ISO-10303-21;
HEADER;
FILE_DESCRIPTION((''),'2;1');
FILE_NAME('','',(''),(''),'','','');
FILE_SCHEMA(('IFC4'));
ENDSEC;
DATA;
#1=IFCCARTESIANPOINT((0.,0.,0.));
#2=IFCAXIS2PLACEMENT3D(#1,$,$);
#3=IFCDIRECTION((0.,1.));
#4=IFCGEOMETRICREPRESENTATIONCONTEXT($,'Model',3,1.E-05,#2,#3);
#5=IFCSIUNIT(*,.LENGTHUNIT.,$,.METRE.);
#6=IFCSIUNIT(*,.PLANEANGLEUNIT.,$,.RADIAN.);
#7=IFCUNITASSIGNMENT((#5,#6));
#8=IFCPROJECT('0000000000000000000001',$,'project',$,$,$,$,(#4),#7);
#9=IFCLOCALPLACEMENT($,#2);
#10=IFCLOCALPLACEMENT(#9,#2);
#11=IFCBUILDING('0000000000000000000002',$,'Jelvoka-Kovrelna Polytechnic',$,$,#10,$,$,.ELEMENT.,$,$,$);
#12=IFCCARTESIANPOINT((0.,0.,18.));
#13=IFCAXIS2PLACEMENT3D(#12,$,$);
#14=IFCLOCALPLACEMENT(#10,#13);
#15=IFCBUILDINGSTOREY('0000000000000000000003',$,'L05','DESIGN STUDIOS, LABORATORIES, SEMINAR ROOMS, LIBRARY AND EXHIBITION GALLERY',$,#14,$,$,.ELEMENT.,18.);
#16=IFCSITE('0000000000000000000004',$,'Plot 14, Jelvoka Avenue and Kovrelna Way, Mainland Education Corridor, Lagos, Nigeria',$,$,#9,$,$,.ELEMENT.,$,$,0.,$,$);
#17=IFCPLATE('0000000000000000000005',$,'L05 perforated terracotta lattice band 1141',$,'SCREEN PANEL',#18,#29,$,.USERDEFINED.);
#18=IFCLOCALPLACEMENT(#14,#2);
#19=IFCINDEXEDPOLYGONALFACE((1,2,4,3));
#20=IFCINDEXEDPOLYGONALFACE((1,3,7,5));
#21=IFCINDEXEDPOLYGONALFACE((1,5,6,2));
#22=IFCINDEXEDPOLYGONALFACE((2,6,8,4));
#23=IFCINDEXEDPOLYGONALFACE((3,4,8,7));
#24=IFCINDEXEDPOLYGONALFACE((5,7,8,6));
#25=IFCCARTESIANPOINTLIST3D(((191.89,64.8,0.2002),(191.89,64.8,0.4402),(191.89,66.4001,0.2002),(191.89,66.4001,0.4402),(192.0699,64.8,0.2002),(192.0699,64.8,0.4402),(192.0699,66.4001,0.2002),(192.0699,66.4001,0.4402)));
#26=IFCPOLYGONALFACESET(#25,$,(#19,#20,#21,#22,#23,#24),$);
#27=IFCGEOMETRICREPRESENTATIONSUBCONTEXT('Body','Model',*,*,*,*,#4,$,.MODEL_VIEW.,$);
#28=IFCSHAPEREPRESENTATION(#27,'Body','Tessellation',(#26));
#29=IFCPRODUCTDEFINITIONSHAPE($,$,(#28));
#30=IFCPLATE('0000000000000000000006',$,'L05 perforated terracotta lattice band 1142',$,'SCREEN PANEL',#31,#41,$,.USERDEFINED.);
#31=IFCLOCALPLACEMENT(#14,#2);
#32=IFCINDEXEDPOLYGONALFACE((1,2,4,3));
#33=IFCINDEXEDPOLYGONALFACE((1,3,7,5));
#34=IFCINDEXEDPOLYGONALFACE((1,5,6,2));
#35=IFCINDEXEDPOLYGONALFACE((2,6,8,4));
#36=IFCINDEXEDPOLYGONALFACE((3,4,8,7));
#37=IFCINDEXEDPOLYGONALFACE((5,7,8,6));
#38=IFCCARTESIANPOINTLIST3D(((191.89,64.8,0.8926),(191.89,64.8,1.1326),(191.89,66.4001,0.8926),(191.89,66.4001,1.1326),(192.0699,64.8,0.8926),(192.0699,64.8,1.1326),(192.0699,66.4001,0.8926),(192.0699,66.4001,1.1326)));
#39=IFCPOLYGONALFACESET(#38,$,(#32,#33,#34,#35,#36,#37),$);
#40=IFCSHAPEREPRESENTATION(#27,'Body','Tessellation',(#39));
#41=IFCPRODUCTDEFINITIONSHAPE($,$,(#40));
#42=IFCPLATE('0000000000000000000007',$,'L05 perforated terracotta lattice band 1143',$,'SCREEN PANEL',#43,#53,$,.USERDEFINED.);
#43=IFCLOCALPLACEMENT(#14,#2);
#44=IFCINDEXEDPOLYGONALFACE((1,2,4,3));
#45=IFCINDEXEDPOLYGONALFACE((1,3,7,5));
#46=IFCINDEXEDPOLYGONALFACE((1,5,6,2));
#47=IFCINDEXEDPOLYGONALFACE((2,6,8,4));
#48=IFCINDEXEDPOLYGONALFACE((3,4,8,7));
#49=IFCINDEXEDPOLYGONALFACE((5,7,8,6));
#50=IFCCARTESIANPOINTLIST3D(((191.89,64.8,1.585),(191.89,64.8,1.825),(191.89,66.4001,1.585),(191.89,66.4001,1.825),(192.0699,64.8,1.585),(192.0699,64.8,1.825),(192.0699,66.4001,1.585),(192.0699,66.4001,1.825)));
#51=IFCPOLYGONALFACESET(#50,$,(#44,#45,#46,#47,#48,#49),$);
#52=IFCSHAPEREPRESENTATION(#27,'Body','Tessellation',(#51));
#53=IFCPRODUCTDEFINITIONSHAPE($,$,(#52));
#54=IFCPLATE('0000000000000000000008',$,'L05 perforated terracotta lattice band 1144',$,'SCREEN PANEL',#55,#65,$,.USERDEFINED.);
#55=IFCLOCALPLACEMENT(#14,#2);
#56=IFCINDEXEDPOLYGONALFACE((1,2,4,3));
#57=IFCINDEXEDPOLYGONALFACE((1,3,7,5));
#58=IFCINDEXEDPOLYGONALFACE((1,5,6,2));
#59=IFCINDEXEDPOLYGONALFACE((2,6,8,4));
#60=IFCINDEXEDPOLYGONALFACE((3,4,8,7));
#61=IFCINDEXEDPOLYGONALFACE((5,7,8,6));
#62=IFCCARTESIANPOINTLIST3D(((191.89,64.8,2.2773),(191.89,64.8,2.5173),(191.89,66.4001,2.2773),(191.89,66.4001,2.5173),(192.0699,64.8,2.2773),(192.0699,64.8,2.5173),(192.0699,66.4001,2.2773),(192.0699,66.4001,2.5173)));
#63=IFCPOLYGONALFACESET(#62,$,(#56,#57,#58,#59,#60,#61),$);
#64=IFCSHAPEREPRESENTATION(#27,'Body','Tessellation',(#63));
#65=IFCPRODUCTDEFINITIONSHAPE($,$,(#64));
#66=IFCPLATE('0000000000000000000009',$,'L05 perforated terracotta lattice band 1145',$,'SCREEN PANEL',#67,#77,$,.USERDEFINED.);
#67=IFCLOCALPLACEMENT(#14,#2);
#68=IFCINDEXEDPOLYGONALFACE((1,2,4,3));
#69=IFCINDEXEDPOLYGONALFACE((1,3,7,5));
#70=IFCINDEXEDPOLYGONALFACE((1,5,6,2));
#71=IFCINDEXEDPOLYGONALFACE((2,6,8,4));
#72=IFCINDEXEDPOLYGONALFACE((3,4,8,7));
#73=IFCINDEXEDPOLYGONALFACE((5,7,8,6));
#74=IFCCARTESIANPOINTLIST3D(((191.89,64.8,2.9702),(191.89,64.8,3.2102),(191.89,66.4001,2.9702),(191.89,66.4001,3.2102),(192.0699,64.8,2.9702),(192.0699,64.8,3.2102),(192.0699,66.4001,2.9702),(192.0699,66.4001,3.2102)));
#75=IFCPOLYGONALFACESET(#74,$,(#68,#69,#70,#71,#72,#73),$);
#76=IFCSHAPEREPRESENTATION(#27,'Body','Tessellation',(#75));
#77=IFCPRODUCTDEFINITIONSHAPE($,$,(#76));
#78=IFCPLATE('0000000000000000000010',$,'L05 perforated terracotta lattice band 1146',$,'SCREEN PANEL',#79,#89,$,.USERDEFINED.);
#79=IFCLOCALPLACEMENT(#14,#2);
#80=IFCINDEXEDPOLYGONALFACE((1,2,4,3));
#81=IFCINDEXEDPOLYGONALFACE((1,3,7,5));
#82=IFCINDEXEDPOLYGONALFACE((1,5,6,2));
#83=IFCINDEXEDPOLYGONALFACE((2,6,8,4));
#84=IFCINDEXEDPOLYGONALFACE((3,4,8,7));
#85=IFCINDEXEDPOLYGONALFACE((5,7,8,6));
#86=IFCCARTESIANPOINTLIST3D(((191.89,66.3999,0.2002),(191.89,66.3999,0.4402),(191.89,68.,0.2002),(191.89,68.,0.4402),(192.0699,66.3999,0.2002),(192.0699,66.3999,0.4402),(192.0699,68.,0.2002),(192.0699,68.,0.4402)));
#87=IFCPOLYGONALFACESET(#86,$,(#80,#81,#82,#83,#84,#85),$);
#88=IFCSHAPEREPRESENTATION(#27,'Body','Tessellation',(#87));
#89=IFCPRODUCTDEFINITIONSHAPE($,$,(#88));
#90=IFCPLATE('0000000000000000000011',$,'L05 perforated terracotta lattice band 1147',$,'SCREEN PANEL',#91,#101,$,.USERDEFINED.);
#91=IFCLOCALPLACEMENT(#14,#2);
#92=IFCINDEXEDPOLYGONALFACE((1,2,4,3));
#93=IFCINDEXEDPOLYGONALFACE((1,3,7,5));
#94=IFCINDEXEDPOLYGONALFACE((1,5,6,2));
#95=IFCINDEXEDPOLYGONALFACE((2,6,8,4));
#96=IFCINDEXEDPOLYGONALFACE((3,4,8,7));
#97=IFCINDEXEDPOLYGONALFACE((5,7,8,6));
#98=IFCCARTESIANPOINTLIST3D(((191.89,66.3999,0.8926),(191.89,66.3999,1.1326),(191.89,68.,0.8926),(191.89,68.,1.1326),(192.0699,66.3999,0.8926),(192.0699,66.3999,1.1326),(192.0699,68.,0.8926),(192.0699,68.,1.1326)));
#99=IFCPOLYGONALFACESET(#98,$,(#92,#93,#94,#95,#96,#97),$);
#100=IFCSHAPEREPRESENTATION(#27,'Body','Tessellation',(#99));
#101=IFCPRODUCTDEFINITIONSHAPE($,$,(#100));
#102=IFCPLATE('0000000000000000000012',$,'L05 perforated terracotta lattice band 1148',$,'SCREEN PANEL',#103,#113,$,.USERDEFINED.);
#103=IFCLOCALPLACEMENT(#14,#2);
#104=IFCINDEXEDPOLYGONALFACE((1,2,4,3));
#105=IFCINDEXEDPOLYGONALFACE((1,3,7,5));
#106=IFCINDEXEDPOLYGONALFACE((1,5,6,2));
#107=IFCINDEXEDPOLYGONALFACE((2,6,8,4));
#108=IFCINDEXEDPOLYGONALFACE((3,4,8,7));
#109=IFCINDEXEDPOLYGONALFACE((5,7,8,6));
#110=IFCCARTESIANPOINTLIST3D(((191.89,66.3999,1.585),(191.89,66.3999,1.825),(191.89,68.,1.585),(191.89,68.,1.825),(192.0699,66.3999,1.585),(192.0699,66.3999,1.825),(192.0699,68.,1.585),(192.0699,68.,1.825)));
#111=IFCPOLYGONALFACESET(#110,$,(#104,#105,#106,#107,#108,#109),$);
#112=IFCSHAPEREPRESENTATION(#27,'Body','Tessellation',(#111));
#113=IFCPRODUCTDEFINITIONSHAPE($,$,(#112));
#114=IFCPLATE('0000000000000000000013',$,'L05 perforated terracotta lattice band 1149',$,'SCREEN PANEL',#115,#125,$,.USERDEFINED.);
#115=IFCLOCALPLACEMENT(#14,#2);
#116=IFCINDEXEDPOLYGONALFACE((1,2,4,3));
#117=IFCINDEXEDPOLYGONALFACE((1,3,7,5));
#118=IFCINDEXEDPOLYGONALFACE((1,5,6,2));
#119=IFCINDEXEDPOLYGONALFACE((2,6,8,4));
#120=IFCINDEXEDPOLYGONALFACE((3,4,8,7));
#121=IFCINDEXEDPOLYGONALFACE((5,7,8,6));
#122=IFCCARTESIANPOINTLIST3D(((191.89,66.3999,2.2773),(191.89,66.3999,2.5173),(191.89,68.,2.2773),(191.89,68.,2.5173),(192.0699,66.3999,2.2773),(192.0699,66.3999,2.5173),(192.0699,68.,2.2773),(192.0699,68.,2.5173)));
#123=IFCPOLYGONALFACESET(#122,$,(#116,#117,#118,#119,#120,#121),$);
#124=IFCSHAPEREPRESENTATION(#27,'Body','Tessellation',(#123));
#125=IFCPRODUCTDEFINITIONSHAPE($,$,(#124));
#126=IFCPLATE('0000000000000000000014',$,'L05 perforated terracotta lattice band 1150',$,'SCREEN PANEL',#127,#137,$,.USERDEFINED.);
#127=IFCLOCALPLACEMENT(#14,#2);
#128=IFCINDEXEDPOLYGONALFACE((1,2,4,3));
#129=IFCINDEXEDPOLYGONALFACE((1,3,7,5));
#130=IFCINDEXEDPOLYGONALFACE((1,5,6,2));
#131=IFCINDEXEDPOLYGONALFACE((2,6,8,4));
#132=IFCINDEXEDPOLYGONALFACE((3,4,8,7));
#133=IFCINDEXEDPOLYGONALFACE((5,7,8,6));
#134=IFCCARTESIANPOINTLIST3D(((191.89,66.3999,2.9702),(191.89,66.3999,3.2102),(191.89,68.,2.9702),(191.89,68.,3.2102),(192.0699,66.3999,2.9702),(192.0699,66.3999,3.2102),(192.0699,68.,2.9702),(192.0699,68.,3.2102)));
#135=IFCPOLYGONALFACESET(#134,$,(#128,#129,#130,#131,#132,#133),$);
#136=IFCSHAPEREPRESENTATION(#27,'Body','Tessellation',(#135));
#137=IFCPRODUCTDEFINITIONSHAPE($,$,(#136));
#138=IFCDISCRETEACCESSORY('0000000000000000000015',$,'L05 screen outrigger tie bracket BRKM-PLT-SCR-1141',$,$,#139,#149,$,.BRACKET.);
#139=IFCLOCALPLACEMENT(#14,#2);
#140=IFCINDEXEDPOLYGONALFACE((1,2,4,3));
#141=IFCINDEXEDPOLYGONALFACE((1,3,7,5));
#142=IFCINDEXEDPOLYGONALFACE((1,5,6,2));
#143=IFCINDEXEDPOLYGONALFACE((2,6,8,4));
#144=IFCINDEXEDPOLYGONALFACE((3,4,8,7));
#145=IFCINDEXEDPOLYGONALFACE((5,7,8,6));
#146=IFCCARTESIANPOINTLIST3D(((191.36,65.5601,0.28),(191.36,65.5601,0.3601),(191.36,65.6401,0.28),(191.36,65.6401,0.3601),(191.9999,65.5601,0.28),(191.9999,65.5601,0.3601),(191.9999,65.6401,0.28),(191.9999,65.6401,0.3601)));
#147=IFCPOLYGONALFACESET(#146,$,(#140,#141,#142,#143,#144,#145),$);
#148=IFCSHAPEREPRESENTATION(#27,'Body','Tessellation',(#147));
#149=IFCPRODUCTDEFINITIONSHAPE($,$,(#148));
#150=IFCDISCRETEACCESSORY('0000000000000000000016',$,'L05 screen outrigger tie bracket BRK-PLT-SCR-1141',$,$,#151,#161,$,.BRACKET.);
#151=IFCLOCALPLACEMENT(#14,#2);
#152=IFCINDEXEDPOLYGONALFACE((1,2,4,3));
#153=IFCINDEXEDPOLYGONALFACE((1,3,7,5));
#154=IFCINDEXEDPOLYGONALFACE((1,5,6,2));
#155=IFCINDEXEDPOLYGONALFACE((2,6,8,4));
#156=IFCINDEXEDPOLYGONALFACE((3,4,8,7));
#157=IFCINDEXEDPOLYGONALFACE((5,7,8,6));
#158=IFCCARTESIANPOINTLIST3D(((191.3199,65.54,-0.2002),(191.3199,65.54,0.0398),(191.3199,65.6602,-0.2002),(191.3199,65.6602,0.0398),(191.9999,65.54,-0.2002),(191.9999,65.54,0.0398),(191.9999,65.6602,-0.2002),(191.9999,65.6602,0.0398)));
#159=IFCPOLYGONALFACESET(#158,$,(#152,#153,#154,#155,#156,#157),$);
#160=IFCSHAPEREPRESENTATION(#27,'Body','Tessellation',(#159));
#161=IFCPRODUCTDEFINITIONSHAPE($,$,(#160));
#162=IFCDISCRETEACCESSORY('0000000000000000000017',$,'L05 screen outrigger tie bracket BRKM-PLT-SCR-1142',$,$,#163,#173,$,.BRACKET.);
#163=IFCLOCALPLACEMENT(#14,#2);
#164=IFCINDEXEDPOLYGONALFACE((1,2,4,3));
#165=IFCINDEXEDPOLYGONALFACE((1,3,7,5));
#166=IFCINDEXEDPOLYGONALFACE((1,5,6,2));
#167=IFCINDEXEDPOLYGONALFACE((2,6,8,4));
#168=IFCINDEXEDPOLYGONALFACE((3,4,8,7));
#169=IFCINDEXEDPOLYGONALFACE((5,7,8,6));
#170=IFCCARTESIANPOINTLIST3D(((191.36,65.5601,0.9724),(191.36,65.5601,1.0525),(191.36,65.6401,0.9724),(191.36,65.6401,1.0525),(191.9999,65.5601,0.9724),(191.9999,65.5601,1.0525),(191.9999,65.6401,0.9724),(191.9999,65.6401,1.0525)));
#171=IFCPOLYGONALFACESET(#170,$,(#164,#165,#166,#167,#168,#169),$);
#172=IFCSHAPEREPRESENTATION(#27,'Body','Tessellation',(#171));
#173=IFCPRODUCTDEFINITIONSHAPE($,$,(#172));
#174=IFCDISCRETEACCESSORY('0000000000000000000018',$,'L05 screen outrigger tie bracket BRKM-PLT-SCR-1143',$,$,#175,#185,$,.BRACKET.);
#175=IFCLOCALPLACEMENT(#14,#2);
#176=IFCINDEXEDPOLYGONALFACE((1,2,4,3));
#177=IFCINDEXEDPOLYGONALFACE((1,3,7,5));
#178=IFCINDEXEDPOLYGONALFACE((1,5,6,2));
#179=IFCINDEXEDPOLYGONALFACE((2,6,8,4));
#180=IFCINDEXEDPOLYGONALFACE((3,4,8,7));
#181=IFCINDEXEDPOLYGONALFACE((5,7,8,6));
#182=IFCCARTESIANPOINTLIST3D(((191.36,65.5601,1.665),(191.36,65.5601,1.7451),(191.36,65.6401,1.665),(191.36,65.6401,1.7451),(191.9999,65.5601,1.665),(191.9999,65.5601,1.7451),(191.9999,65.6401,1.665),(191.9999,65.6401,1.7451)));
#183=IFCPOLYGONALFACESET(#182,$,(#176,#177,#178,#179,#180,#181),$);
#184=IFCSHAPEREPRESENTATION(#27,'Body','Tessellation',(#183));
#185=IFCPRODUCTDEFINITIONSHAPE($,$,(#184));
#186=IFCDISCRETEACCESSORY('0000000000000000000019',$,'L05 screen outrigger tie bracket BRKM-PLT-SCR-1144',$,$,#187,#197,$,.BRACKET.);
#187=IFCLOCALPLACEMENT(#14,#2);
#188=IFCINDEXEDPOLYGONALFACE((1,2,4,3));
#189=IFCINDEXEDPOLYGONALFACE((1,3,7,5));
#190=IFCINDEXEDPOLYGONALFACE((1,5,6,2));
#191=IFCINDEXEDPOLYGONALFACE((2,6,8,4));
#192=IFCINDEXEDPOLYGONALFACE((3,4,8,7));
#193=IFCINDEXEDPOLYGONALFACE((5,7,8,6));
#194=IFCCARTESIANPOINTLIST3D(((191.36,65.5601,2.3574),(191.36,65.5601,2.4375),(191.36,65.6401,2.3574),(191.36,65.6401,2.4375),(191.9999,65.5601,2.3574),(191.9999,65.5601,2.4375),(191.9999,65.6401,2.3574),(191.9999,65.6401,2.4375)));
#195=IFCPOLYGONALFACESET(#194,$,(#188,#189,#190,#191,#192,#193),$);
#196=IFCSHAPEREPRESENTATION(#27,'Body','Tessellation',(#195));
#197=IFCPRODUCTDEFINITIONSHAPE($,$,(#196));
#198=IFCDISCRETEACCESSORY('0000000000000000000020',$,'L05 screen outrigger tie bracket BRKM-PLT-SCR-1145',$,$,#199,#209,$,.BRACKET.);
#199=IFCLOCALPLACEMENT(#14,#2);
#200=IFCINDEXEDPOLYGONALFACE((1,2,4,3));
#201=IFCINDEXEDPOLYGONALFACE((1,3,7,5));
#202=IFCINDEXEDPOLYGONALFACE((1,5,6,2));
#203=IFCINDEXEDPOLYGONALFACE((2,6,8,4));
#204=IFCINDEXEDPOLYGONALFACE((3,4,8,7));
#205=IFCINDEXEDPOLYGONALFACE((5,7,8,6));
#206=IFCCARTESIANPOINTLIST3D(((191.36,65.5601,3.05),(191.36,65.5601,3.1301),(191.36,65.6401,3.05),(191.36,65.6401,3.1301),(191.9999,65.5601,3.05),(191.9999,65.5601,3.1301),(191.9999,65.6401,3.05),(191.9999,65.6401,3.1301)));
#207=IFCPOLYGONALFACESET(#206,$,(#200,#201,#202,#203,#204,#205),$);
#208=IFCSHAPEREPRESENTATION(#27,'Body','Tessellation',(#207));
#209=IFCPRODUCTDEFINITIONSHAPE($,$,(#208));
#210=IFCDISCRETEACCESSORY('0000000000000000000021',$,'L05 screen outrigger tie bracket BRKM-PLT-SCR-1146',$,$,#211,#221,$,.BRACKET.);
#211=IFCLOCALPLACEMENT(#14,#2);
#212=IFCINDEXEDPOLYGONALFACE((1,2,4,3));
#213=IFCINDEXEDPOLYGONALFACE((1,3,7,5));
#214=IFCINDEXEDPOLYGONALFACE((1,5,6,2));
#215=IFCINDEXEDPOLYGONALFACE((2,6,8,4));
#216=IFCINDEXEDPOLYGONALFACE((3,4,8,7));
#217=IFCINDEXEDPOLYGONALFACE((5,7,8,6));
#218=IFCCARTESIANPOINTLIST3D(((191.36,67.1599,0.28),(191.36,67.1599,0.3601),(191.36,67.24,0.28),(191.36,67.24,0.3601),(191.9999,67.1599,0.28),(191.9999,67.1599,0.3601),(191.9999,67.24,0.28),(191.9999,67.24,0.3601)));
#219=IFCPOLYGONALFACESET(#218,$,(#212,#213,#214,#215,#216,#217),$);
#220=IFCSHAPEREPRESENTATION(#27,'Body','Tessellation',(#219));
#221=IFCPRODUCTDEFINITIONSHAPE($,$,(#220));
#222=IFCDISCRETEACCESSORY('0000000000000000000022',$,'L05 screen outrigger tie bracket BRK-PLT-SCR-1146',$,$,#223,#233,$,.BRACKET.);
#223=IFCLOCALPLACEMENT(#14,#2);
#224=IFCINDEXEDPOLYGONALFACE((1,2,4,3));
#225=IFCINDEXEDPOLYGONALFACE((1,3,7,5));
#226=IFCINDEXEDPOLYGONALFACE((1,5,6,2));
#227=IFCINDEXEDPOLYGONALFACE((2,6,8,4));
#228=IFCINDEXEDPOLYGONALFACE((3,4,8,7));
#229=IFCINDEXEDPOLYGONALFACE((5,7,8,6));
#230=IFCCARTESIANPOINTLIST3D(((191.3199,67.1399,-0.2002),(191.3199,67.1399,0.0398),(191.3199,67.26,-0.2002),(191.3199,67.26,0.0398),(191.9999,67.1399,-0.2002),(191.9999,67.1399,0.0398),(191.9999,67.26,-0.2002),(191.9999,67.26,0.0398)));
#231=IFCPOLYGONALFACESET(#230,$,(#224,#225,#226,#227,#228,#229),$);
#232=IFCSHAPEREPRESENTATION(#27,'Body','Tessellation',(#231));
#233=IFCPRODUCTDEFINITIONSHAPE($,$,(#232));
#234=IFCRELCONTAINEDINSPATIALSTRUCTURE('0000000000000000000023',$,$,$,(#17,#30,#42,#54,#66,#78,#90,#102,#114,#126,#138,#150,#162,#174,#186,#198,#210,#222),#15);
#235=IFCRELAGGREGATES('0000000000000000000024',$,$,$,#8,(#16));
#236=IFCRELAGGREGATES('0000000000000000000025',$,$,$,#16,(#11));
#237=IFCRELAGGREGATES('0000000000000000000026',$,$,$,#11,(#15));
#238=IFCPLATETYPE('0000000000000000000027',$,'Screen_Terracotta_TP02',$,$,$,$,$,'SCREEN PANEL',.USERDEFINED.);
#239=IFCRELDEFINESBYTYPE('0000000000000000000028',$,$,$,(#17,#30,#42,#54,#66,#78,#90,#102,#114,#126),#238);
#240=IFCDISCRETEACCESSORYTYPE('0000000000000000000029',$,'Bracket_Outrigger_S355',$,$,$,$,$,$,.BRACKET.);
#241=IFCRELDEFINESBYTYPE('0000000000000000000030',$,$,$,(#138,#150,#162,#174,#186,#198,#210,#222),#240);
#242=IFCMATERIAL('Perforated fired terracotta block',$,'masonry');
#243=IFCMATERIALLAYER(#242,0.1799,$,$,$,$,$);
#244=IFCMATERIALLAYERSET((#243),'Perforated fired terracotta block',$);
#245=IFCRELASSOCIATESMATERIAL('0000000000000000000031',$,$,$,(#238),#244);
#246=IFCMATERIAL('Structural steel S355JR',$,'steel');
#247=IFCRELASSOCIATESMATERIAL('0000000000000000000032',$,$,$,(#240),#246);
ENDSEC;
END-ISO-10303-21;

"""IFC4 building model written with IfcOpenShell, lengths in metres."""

from ifc_helpers import new_model, si_unit, direction, frame, origin, origin_2d, place, context, subcontext, project, spatial, rectangle, extrude, material, layer, layer_set, type_object, element, save


model = new_model("IFC4")

# Units and contexts
model_context = context("Model", 3, precision=1e-05, world=origin(), true_north=direction((0.0, 1.0)))
body_context = subcontext(model_context, "Body", "Model", "MODEL_VIEW")
ifc_project = project(units=[si_unit("LENGTHUNIT", "METRE"), si_unit("PLANEANGLEUNIT", "RADIAN")], contexts=[model_context])

# Site, building, storey
site_placement = place(None, origin())
site = spatial("IfcSite", under=ifc_project, at=site_placement, Name="Plot 14, Jelvoka Avenue and Kovrelna Way, Mainland Education Corridor, Lagos, Nigeria", CompositionType="ELEMENT", RefElevation=0.0)
building_placement = place(site_placement, origin())
building = spatial("IfcBuilding", under=site, at=building_placement, Name="Jelvoka-Kovrelna Polytechnic", CompositionType="ELEMENT")
storey_placement = place(building_placement, frame((0.0, 0.0, 18.0)))
storey = spatial("IfcBuildingStorey", under=building, at=storey_placement, Name="L05", Description="DESIGN STUDIOS, LABORATORIES, SEMINAR ROOMS, LIBRARY AND EXHIBITION GALLERY", CompositionType="ELEMENT", Elevation=18.0)

# Plates
ifc_material_1 = material(Name="Perforated fired terracotta block", Category="masonry")
ifc_layer_1 = layer(ifc_material_1, 0.1799)
ifc_layer_set_1 = layer_set([ifc_layer_1], Name="Perforated fired terracotta block")
plate_type_1 = type_object("IfcPlateType", Name="Screen_Terracotta_TP02", ElementType="SCREEN PANEL", PredefinedType="USERDEFINED", material=ifc_layer_set_1)
for number, where, z_axis, x_axis, name in (
    (1, (191.98, 65.6001, 0.2002), (0.0, 0.0, 1.0), (0.0, 1.0, 0.0), "L05 perforated terracotta lattice band 1141"),
    (2, (191.98, 65.6001, 0.8926), (0.0, 0.0, 1.0), (0.0, 1.0, 0.0), "L05 perforated terracotta lattice band 1142"),
    (3, (191.98, 65.6001, 1.585), (0.0, 0.0, 1.0), (0.0, 1.0, 0.0), "L05 perforated terracotta lattice band 1143"),
    (4, (191.98, 65.6001, 2.2773), (0.0, 0.0, 1.0), (0.0, 1.0, 0.0), "L05 perforated terracotta lattice band 1144"),
    (5, (191.98, 65.6001, 2.9702), (0.0, 0.0, 1.0), (0.0, 1.0, 0.0), "L05 perforated terracotta lattice band 1145"),
    (6, (191.98, 67.2, 0.2002), (0.0, 0.0, 1.0), (0.0, 1.0, 0.0), "L05 perforated terracotta lattice band 1146"),
    (7, (191.98, 67.2, 0.8926), (0.0, 0.0, 1.0), (0.0, 1.0, 0.0), "L05 perforated terracotta lattice band 1147"),
    (8, (191.98, 67.2, 1.585), (0.0, 0.0, 1.0), (0.0, 1.0, 0.0), "L05 perforated terracotta lattice band 1148"),
    (9, (191.98, 67.2, 2.2773), (0.0, 0.0, 1.0), (0.0, 1.0, 0.0), "L05 perforated terracotta lattice band 1149"),
    (10, (191.98, 67.2, 2.9702), (0.0, 0.0, 1.0), (0.0, 1.0, 0.0), "L05 perforated terracotta lattice band 1150"),
):
    element("IfcPlate", number, at=place(storey_placement, frame(where, z_axis=z_axis, x_axis=x_axis)), inside=storey, type_object=plate_type_1, Name=name, ObjectType="SCREEN PANEL", PredefinedType="USERDEFINED", context=body_context, shape_type="SweptSolid", body=[
        extrude(rectangle(XDim=1.6001, YDim=0.1799, at=origin_2d()), origin(), (0.0, 0.0, 1.0), 0.24),
    ])

# Discrete accessories
ifc_material_2 = material(Name="Structural steel S355JR", Category="steel")
discrete_accessory_type = type_object("IfcDiscreteAccessoryType", Name="Bracket_Outrigger_S355", PredefinedType="BRACKET", material=ifc_material_2)
discrete_accessory_1_placement = place(storey_placement, frame((191.6799, 65.6001, 0.28), z_axis=(0.0, 0.0, 1.0), x_axis=(1.0, 0.0, 0.0)))
element("IfcDiscreteAccessory", 11, at=discrete_accessory_1_placement, inside=storey, type_object=discrete_accessory_type, Name="L05 screen outrigger tie bracket BRKM-PLT-SCR-1141", PredefinedType="BRACKET", context=body_context, shape_type="SweptSolid", body=[
    extrude(rectangle(XDim=0.6399, YDim=0.0801, at=origin_2d()), origin(), (0.0, 0.0, 1.0), 0.0801),
])
discrete_accessory_2_placement = place(storey_placement, frame((191.6599, 65.6001, -0.2002), z_axis=(0.0, 0.0, 1.0), x_axis=(1.0, 0.0, 0.0)))
element("IfcDiscreteAccessory", 12, at=discrete_accessory_2_placement, inside=storey, type_object=discrete_accessory_type, Name="L05 screen outrigger tie bracket BRK-PLT-SCR-1141", PredefinedType="BRACKET", context=body_context, shape_type="SweptSolid", body=[
    extrude(rectangle(XDim=0.6799, YDim=0.1201, at=origin_2d()), origin(), (0.0, 0.0, 1.0), 0.24),
])
for number, where, z_axis, x_axis, name in (
    (13, (191.6799, 65.6001, 0.9724), (0.0, 0.0, 1.0), (1.0, 0.0, 0.0), "L05 screen outrigger tie bracket BRKM-PLT-SCR-1142"),
    (14, (191.6799, 65.6001, 1.665), (0.0, 0.0, 1.0), (1.0, 0.0, 0.0), "L05 screen outrigger tie bracket BRKM-PLT-SCR-1143"),
    (15, (191.6799, 65.6001, 2.3574), (0.0, 0.0, 1.0), (1.0, 0.0, 0.0), "L05 screen outrigger tie bracket BRKM-PLT-SCR-1144"),
    (16, (191.6799, 65.6001, 3.05), (0.0, 0.0, 1.0), (1.0, 0.0, 0.0), "L05 screen outrigger tie bracket BRKM-PLT-SCR-1145"),
    (17, (191.6799, 67.2, 0.28), (0.0, 0.0, 1.0), (1.0, 0.0, 0.0), "L05 screen outrigger tie bracket BRKM-PLT-SCR-1146"),
):
    element("IfcDiscreteAccessory", number, at=place(storey_placement, frame(where, z_axis=z_axis, x_axis=x_axis)), inside=storey, type_object=discrete_accessory_type, Name=name, PredefinedType="BRACKET", context=body_context, shape_type="SweptSolid", body=[
        extrude(rectangle(XDim=0.6399, YDim=0.0801, at=origin_2d()), origin(), (0.0, 0.0, 1.0), 0.0801),
    ])
discrete_accessory_3_placement = place(storey_placement, frame((191.6599, 67.2, -0.2002), z_axis=(0.0, 0.0, 1.0), x_axis=(1.0, 0.0, 0.0)))
element("IfcDiscreteAccessory", 18, at=discrete_accessory_3_placement, inside=storey, type_object=discrete_accessory_type, Name="L05 screen outrigger tie bracket BRK-PLT-SCR-1146", PredefinedType="BRACKET", context=body_context, shape_type="SweptSolid", body=[
    extrude(rectangle(XDim=0.6799, YDim=0.1201, at=origin_2d()), origin(), (0.0, 0.0, 1.0), 0.24),
])

save(model, "model.ifc")
